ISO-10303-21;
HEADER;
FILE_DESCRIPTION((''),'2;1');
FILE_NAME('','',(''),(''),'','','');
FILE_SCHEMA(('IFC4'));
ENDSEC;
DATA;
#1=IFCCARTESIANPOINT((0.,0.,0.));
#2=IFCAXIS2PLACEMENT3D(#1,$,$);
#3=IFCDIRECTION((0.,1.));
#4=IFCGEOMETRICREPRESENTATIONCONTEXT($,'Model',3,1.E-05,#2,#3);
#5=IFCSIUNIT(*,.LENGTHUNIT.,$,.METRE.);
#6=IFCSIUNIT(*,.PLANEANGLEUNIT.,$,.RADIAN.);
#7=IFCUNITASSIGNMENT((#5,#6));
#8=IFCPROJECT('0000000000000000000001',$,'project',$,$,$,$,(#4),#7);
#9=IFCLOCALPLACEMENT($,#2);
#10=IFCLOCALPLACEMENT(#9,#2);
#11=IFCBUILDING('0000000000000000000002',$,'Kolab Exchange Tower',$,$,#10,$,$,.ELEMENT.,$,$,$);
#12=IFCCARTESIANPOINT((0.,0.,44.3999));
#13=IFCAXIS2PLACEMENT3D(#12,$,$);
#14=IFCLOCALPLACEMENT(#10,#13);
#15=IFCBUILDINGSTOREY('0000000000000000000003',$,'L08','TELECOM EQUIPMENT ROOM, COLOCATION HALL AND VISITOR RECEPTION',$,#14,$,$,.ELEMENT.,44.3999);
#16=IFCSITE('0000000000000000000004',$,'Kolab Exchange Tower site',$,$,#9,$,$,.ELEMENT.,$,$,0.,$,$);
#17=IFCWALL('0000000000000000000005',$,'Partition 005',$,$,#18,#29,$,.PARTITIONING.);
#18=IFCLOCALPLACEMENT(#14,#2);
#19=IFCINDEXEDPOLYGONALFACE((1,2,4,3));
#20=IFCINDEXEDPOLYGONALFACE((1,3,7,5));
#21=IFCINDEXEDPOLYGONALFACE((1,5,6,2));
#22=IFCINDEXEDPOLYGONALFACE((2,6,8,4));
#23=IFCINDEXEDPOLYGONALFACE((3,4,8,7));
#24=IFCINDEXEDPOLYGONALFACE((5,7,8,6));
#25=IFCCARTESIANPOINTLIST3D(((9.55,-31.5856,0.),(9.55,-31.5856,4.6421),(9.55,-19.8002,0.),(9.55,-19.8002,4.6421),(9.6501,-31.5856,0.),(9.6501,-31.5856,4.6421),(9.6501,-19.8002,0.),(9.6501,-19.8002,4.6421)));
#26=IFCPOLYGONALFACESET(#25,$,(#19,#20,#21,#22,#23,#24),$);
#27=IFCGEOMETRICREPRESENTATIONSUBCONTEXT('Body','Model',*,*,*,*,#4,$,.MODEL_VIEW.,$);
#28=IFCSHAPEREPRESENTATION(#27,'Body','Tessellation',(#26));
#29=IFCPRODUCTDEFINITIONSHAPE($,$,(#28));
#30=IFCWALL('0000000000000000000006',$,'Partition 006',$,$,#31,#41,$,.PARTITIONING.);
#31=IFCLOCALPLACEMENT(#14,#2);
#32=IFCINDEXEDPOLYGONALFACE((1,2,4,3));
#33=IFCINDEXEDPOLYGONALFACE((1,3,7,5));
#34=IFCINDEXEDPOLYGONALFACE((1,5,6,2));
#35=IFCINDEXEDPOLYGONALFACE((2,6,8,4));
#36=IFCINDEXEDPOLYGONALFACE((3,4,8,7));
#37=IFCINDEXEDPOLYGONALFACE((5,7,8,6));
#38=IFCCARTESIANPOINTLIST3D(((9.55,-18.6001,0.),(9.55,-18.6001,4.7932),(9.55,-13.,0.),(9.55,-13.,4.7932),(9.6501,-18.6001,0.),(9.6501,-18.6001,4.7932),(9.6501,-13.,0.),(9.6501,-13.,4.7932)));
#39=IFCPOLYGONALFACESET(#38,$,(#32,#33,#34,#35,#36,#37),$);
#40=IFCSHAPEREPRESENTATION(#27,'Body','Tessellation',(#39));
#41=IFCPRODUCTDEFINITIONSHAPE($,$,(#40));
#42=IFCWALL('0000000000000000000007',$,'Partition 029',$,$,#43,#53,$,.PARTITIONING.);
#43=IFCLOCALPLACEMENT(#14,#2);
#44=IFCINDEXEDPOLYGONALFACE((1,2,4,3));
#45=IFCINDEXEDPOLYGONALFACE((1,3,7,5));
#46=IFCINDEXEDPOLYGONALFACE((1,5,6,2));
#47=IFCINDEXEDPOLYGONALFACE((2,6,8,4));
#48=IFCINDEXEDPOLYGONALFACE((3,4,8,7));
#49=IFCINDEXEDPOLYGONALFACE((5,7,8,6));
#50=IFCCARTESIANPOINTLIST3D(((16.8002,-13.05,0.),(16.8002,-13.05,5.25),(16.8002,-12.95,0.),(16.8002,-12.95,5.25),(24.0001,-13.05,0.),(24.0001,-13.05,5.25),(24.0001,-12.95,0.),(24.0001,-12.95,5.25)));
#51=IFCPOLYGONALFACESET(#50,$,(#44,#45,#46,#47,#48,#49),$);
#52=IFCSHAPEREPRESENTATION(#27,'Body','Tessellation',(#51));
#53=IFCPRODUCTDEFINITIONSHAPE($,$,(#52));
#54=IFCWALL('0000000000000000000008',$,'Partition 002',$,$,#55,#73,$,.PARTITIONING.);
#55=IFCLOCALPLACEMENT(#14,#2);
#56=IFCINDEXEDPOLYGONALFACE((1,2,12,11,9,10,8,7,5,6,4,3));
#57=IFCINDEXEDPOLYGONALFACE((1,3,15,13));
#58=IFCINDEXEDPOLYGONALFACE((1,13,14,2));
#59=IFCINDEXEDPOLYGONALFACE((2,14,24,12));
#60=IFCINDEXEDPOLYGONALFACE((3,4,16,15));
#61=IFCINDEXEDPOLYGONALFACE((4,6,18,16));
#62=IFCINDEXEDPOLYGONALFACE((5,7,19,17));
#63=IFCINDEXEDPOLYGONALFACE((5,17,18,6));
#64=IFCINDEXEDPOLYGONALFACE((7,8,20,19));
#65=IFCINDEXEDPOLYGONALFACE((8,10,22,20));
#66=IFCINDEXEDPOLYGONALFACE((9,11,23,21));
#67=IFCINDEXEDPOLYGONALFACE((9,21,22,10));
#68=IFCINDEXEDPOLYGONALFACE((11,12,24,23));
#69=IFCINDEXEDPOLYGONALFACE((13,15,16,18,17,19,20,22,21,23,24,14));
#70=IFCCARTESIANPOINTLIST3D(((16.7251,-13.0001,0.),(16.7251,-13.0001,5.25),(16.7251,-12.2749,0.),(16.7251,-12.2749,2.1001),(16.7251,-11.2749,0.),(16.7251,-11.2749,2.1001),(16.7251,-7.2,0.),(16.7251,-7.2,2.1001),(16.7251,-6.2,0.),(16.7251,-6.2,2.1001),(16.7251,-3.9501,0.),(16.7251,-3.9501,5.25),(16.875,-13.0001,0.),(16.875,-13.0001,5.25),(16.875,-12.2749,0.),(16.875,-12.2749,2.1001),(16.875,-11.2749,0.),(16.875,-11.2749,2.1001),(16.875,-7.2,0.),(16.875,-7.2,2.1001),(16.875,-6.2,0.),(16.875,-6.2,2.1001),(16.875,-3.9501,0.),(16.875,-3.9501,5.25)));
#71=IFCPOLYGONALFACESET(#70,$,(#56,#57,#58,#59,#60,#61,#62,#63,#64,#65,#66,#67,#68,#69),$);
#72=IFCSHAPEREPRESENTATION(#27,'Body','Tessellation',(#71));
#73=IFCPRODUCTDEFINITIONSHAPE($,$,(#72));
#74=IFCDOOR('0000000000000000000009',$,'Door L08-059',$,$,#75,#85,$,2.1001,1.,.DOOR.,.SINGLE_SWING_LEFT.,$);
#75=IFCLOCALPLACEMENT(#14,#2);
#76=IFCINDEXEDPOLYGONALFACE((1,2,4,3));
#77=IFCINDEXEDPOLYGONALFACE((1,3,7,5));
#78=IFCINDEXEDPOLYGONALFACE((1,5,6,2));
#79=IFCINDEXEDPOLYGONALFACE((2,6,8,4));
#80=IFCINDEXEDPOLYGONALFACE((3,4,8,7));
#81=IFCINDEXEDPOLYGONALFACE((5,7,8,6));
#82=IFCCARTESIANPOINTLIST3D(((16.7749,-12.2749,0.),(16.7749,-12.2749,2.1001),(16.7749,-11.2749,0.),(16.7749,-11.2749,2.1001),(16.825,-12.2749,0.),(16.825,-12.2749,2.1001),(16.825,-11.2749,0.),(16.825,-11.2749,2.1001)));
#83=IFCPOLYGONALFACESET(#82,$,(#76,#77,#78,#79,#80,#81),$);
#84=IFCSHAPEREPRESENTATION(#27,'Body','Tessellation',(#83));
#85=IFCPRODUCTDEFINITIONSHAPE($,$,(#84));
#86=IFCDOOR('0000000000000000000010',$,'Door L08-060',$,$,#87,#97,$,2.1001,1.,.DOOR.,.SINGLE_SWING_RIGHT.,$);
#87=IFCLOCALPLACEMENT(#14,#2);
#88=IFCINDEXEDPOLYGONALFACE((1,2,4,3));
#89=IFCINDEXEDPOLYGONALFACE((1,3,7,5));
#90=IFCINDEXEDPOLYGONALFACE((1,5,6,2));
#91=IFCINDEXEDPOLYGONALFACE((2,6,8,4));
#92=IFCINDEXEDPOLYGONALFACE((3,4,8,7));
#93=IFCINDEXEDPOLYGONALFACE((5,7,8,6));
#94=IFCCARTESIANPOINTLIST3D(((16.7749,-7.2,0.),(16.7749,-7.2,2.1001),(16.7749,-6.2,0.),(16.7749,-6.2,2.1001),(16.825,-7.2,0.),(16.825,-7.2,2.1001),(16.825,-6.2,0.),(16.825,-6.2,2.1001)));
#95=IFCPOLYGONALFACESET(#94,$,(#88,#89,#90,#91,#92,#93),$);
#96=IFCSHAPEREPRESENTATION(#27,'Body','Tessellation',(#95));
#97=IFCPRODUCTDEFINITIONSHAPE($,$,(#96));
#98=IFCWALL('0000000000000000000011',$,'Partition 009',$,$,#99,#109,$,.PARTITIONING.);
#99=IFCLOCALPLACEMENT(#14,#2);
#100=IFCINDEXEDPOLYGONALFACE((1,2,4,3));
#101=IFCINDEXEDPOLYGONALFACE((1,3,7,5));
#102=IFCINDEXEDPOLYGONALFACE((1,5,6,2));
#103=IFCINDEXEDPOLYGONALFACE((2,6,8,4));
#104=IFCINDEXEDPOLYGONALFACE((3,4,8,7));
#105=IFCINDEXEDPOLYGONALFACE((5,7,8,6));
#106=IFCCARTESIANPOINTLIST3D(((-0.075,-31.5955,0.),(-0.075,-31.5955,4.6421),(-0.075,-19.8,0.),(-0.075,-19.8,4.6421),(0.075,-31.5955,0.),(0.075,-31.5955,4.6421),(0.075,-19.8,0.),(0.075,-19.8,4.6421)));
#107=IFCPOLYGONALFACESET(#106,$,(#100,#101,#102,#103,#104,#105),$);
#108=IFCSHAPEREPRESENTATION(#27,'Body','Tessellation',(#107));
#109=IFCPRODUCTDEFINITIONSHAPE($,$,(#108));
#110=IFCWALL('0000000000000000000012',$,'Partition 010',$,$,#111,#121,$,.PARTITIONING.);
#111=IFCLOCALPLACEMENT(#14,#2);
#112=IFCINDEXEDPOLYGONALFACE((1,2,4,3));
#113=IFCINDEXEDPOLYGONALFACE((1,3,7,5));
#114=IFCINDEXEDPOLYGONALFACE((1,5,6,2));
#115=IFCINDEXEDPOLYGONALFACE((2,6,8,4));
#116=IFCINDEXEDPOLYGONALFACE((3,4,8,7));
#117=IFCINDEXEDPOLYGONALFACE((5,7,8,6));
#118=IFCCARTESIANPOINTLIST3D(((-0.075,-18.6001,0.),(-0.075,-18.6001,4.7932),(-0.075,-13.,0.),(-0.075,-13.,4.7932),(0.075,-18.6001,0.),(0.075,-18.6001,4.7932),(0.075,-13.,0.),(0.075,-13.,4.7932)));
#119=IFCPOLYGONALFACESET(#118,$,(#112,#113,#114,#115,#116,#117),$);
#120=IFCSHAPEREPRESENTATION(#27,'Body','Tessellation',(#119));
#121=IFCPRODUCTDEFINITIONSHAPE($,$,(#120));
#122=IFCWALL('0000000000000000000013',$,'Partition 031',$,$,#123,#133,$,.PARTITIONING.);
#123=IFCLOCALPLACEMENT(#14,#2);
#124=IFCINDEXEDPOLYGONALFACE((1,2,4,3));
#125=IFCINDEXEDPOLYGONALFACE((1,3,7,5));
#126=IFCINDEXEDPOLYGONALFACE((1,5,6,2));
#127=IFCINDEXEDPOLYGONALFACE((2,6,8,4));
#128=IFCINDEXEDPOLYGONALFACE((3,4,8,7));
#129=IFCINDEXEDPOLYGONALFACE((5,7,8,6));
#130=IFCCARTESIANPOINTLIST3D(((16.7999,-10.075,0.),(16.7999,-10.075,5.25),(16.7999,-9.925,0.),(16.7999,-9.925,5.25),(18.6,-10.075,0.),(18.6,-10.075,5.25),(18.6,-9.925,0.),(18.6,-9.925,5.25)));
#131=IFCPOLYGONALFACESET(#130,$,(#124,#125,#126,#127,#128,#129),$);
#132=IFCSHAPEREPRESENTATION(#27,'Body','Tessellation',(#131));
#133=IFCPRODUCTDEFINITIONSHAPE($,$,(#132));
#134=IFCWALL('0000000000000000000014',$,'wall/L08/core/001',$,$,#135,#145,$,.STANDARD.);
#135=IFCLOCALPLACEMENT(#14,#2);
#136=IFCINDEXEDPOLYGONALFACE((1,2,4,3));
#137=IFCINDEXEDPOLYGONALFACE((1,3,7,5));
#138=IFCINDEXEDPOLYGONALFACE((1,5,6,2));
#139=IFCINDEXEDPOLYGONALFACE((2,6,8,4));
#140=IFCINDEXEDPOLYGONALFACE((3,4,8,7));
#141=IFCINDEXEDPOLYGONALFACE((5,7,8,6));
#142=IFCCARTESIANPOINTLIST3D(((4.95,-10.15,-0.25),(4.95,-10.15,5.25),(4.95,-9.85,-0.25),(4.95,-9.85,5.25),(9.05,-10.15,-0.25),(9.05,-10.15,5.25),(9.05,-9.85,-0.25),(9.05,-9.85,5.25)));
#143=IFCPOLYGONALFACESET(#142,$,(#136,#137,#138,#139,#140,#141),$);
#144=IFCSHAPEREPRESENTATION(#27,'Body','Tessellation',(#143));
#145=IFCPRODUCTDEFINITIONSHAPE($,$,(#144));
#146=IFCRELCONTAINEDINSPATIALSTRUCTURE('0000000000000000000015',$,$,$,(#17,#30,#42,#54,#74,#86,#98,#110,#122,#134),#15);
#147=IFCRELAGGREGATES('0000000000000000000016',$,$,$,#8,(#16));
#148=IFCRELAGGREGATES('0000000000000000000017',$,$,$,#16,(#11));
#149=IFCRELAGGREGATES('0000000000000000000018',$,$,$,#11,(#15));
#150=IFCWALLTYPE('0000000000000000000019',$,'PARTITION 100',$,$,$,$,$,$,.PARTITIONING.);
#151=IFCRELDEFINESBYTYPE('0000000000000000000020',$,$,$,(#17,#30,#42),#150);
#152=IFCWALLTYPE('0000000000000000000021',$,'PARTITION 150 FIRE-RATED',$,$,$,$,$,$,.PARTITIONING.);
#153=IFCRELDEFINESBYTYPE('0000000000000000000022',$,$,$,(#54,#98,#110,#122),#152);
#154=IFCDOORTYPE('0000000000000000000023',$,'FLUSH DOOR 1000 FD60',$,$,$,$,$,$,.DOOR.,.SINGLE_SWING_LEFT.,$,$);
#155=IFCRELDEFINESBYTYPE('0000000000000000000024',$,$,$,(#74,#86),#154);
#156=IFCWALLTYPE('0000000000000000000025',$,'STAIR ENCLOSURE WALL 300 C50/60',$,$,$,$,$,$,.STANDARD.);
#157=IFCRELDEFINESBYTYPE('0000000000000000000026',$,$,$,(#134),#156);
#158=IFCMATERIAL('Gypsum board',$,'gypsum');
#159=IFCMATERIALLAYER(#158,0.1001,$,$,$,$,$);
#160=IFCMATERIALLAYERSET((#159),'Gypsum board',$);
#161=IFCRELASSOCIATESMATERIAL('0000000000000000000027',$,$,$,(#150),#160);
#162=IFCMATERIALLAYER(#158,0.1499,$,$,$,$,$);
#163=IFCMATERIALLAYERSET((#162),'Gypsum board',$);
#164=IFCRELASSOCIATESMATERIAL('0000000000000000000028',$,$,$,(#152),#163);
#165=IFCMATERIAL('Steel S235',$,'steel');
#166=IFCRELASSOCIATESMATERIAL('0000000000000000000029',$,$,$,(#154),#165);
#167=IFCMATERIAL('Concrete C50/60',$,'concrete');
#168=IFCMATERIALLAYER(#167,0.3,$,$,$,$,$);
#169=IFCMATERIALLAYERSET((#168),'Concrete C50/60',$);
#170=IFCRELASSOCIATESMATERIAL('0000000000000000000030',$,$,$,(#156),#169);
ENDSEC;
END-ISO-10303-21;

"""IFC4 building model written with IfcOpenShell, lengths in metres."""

from ifc_helpers import new_model, si_unit, direction, frame, frame_2d, origin, place, context, subcontext, project, spatial, rectangle, extrude, material, layer, layer_set, type_object, element, fill, save


model = new_model("IFC4")

# Units and contexts
model_context = context("Model", 3, precision=1e-05, world=origin(), true_north=direction((0.0, 1.0)))
body_context = subcontext(model_context, "Body", "Model", "MODEL_VIEW")
ifc_project = project(units=[si_unit("LENGTHUNIT", "METRE"), si_unit("PLANEANGLEUNIT", "RADIAN")], contexts=[model_context])

# Site, building, storey
site_placement = place(None, origin())
site = spatial("IfcSite", under=ifc_project, at=site_placement, Name="Kolab Exchange Tower site", CompositionType="ELEMENT", RefElevation=0.0)
building_placement = place(site_placement, origin())
building = spatial("IfcBuilding", under=site, at=building_placement, Name="Kolab Exchange Tower", CompositionType="ELEMENT")
storey_placement = place(building_placement, frame((0.0, 0.0, 44.3999)))
storey = spatial("IfcBuildingStorey", under=building, at=storey_placement, Name="L08", Description="TELECOM EQUIPMENT ROOM, COLOCATION HALL AND VISITOR RECEPTION", CompositionType="ELEMENT", Elevation=44.3999)

# Shared definitions
ifc_material_1 = material(Name="Steel S235", Category="steel")

# Walls
ifc_material_2 = material(Name="Concrete C50/60", Category="concrete")
ifc_material_3 = material(Name="Gypsum board", Category="gypsum")
ifc_layer_1 = layer(ifc_material_3, 0.1001)
ifc_layer_set_1 = layer_set([ifc_layer_1], Name="Gypsum board")
wall_type_1 = type_object("IfcWallType", Name="PARTITION 100", PredefinedType="PARTITIONING", material=ifc_layer_set_1)
wall_1_placement = place(storey_placement, frame((9.6001, -31.5854, 0.0), z_axis=(0.0, 0.0, 1.0), x_axis=(0.0, 1.0, 0.0)))
element("IfcWall", 1, at=wall_1_placement, inside=storey, type_object=wall_type_1, Name="Partition 005", PredefinedType="PARTITIONING", context=body_context, shape_type="SweptSolid", body=[
    extrude(rectangle(XDim=11.7854, YDim=0.1001, at=frame_2d((5.8926, 0.0))), origin(), (0.0, 0.0, 1.0), 4.6421),
])
wall_2_placement = place(storey_placement, frame((9.6001, -18.6001, 0.0), z_axis=(0.0, 0.0, 1.0), x_axis=(0.0, 1.0, 0.0)))
element("IfcWall", 2, at=wall_2_placement, inside=storey, type_object=wall_type_1, Name="Partition 006", PredefinedType="PARTITIONING", context=body_context, shape_type="SweptSolid", body=[
    extrude(rectangle(XDim=5.6001, YDim=0.1001, at=frame_2d((2.8, 0.0))), origin(), (0.0, 0.0, 1.0), 4.7932),
])
wall_3_placement = place(storey_placement, frame((16.8, -13.0, 0.0), z_axis=(0.0, 0.0, 1.0), x_axis=(1.0, 0.0, 0.0)))
element("IfcWall", 3, at=wall_3_placement, inside=storey, type_object=wall_type_1, Name="Partition 029", PredefinedType="PARTITIONING", context=body_context, shape_type="SweptSolid", body=[
    extrude(rectangle(XDim=7.2, YDim=0.1001, at=frame_2d((3.6001, 0.0))), origin(), (0.0, 0.0, 1.0), 5.25),
])

# Wall, openings, doors
ifc_layer_2 = layer(ifc_material_3, 0.1499)
ifc_layer_set_2 = layer_set([ifc_layer_2], Name="Gypsum board")
wall_type_2 = type_object("IfcWallType", Name="PARTITION 150 FIRE-RATED", PredefinedType="PARTITIONING", material=ifc_layer_set_2)
wall_4_placement = place(storey_placement, frame((16.8, -13.0, 0.0), z_axis=(0.0, 0.0, 1.0), x_axis=(0.0, 1.0, 0.0)))
wall_4 = element("IfcWall", 4, at=wall_4_placement, inside=storey, type_object=wall_type_2, Name="Partition 002", PredefinedType="PARTITIONING", context=body_context, shape_type="SweptSolid", body=[
    extrude(rectangle(XDim=9.05, YDim=0.1499, at=frame_2d((4.5249, 0.0))), origin(), (0.0, 0.0, 1.0), 5.25),
])
opening_1_placement = place(wall_4_placement, frame((0.7251, 0.0, 0.0)))
opening_1 = element("IfcOpeningElement", 5, at=opening_1_placement, cuts=wall_4, PredefinedType="OPENING", context=body_context, shape_type="SweptSolid", body=[
    extrude(rectangle(XDim=1.0, YDim=2.1001, at=frame_2d((0.5, 1.05))), frame((0.0, 0.085, 0.0), z_axis=(0.0, -1.0, 0.0), x_axis=(1.0, 0.0, 0.0)), (0.0, 0.0, 1.0), 0.1699),
])
opening_2_placement = place(wall_4_placement, frame((5.8, 0.0, 0.0)))
opening_2 = element("IfcOpeningElement", 6, at=opening_2_placement, cuts=wall_4, PredefinedType="OPENING", context=body_context, shape_type="SweptSolid", body=[
    extrude(rectangle(XDim=1.0, YDim=2.1001, at=frame_2d((0.5, 1.05))), frame((0.0, 0.085, 0.0), z_axis=(0.0, -1.0, 0.0), x_axis=(1.0, 0.0, 0.0)), (0.0, 0.0, 1.0), 0.1699),
])
door_type_1 = type_object("IfcDoorType", Name="FLUSH DOOR 1000 FD60", OperationType="SINGLE_SWING_LEFT", PredefinedType="DOOR", material=ifc_material_1)
door_1_placement = place(opening_1_placement, frame((1.0, 0.0, 0.0), z_axis=(0.0, 0.0, 1.0), x_axis=(-1.0, 0.0, 0.0)))
door_1 = element("IfcDoor", 7, at=door_1_placement, inside=storey, type_object=door_type_1, Name="Door L08-059", OperationType="SINGLE_SWING_LEFT", OverallHeight=2.1001, OverallWidth=1.0, PredefinedType="DOOR", context=body_context, shape_type="SweptSolid", body=[
    extrude(rectangle(XDim=1.0, YDim=2.1001, at=frame_2d((0.5, 1.05))), frame((0.0, 0.0249, 0.0), z_axis=(0.0, -1.0, 0.0), x_axis=(1.0, 0.0, 0.0)), (0.0, 0.0, 1.0), 0.05),
])
fill(opening_1, door_1)
door_2_placement = place(opening_2_placement, frame((1.0, 0.0, 0.0), z_axis=(0.0, 0.0, 1.0), x_axis=(-1.0, 0.0, 0.0)))
door_2 = element("IfcDoor", 8, at=door_2_placement, inside=storey, type_object=door_type_1, Name="Door L08-060", OperationType="SINGLE_SWING_RIGHT", OverallHeight=2.1001, OverallWidth=1.0, PredefinedType="DOOR", context=body_context, shape_type="SweptSolid", body=[
    extrude(rectangle(XDim=1.0, YDim=2.1001, at=frame_2d((0.5, 1.05))), frame((0.0, 0.0249, 0.0), z_axis=(0.0, -1.0, 0.0), x_axis=(1.0, 0.0, 0.0)), (0.0, 0.0, 1.0), 0.05),
])
fill(opening_2, door_2)

# Walls
wall_5_placement = place(storey_placement, frame((0.0, -31.5955, 0.0), z_axis=(0.0, 0.0, 1.0), x_axis=(0.0, 1.0, 0.0)))
element("IfcWall", 9, at=wall_5_placement, inside=storey, type_object=wall_type_2, Name="Partition 009", PredefinedType="PARTITIONING", context=body_context, shape_type="SweptSolid", body=[
    extrude(rectangle(XDim=11.7954, YDim=0.1499, at=frame_2d((5.8977, 0.0))), origin(), (0.0, 0.0, 1.0), 4.6421),
])
wall_6_placement = place(storey_placement, frame((0.0, -18.6001, 0.0), z_axis=(0.0, 0.0, 1.0), x_axis=(0.0, 1.0, 0.0)))
element("IfcWall", 10, at=wall_6_placement, inside=storey, type_object=wall_type_2, Name="Partition 010", PredefinedType="PARTITIONING", context=body_context, shape_type="SweptSolid", body=[
    extrude(rectangle(XDim=5.6001, YDim=0.1499, at=frame_2d((2.8, 0.0))), origin(), (0.0, 0.0, 1.0), 4.7932),
])
wall_7_placement = place(storey_placement, frame((16.8, -10.0, 0.0), z_axis=(0.0, 0.0, 1.0), x_axis=(1.0, 0.0, 0.0)))
element("IfcWall", 11, at=wall_7_placement, inside=storey, type_object=wall_type_2, Name="Partition 031", PredefinedType="PARTITIONING", context=body_context, shape_type="SweptSolid", body=[
    extrude(rectangle(XDim=1.8, YDim=0.1499, at=frame_2d((0.8999, 0.0))), origin(), (0.0, 0.0, 1.0), 5.25),
])
ifc_layer_3 = layer(ifc_material_2, 0.3)
ifc_layer_set_3 = layer_set([ifc_layer_3], Name="Concrete C50/60")
wall_type_3 = type_object("IfcWallType", Name="STAIR ENCLOSURE WALL 300 C50/60", PredefinedType="STANDARD", material=ifc_layer_set_3)
wall_8_placement = place(storey_placement, frame((4.95, -10.0, -0.25), z_axis=(0.0, 0.0, 1.0), x_axis=(1.0, 0.0, 0.0)))
element("IfcWall", 12, at=wall_8_placement, inside=storey, type_object=wall_type_3, Name="wall/L08/core/001", PredefinedType="STANDARD", context=body_context, shape_type="SweptSolid", body=[
    extrude(rectangle(XDim=4.1001, YDim=0.3, at=frame_2d((2.05, 0.0))), origin(), (0.0, 0.0, 1.0), 5.5),
])

save(model, "model.ifc")
